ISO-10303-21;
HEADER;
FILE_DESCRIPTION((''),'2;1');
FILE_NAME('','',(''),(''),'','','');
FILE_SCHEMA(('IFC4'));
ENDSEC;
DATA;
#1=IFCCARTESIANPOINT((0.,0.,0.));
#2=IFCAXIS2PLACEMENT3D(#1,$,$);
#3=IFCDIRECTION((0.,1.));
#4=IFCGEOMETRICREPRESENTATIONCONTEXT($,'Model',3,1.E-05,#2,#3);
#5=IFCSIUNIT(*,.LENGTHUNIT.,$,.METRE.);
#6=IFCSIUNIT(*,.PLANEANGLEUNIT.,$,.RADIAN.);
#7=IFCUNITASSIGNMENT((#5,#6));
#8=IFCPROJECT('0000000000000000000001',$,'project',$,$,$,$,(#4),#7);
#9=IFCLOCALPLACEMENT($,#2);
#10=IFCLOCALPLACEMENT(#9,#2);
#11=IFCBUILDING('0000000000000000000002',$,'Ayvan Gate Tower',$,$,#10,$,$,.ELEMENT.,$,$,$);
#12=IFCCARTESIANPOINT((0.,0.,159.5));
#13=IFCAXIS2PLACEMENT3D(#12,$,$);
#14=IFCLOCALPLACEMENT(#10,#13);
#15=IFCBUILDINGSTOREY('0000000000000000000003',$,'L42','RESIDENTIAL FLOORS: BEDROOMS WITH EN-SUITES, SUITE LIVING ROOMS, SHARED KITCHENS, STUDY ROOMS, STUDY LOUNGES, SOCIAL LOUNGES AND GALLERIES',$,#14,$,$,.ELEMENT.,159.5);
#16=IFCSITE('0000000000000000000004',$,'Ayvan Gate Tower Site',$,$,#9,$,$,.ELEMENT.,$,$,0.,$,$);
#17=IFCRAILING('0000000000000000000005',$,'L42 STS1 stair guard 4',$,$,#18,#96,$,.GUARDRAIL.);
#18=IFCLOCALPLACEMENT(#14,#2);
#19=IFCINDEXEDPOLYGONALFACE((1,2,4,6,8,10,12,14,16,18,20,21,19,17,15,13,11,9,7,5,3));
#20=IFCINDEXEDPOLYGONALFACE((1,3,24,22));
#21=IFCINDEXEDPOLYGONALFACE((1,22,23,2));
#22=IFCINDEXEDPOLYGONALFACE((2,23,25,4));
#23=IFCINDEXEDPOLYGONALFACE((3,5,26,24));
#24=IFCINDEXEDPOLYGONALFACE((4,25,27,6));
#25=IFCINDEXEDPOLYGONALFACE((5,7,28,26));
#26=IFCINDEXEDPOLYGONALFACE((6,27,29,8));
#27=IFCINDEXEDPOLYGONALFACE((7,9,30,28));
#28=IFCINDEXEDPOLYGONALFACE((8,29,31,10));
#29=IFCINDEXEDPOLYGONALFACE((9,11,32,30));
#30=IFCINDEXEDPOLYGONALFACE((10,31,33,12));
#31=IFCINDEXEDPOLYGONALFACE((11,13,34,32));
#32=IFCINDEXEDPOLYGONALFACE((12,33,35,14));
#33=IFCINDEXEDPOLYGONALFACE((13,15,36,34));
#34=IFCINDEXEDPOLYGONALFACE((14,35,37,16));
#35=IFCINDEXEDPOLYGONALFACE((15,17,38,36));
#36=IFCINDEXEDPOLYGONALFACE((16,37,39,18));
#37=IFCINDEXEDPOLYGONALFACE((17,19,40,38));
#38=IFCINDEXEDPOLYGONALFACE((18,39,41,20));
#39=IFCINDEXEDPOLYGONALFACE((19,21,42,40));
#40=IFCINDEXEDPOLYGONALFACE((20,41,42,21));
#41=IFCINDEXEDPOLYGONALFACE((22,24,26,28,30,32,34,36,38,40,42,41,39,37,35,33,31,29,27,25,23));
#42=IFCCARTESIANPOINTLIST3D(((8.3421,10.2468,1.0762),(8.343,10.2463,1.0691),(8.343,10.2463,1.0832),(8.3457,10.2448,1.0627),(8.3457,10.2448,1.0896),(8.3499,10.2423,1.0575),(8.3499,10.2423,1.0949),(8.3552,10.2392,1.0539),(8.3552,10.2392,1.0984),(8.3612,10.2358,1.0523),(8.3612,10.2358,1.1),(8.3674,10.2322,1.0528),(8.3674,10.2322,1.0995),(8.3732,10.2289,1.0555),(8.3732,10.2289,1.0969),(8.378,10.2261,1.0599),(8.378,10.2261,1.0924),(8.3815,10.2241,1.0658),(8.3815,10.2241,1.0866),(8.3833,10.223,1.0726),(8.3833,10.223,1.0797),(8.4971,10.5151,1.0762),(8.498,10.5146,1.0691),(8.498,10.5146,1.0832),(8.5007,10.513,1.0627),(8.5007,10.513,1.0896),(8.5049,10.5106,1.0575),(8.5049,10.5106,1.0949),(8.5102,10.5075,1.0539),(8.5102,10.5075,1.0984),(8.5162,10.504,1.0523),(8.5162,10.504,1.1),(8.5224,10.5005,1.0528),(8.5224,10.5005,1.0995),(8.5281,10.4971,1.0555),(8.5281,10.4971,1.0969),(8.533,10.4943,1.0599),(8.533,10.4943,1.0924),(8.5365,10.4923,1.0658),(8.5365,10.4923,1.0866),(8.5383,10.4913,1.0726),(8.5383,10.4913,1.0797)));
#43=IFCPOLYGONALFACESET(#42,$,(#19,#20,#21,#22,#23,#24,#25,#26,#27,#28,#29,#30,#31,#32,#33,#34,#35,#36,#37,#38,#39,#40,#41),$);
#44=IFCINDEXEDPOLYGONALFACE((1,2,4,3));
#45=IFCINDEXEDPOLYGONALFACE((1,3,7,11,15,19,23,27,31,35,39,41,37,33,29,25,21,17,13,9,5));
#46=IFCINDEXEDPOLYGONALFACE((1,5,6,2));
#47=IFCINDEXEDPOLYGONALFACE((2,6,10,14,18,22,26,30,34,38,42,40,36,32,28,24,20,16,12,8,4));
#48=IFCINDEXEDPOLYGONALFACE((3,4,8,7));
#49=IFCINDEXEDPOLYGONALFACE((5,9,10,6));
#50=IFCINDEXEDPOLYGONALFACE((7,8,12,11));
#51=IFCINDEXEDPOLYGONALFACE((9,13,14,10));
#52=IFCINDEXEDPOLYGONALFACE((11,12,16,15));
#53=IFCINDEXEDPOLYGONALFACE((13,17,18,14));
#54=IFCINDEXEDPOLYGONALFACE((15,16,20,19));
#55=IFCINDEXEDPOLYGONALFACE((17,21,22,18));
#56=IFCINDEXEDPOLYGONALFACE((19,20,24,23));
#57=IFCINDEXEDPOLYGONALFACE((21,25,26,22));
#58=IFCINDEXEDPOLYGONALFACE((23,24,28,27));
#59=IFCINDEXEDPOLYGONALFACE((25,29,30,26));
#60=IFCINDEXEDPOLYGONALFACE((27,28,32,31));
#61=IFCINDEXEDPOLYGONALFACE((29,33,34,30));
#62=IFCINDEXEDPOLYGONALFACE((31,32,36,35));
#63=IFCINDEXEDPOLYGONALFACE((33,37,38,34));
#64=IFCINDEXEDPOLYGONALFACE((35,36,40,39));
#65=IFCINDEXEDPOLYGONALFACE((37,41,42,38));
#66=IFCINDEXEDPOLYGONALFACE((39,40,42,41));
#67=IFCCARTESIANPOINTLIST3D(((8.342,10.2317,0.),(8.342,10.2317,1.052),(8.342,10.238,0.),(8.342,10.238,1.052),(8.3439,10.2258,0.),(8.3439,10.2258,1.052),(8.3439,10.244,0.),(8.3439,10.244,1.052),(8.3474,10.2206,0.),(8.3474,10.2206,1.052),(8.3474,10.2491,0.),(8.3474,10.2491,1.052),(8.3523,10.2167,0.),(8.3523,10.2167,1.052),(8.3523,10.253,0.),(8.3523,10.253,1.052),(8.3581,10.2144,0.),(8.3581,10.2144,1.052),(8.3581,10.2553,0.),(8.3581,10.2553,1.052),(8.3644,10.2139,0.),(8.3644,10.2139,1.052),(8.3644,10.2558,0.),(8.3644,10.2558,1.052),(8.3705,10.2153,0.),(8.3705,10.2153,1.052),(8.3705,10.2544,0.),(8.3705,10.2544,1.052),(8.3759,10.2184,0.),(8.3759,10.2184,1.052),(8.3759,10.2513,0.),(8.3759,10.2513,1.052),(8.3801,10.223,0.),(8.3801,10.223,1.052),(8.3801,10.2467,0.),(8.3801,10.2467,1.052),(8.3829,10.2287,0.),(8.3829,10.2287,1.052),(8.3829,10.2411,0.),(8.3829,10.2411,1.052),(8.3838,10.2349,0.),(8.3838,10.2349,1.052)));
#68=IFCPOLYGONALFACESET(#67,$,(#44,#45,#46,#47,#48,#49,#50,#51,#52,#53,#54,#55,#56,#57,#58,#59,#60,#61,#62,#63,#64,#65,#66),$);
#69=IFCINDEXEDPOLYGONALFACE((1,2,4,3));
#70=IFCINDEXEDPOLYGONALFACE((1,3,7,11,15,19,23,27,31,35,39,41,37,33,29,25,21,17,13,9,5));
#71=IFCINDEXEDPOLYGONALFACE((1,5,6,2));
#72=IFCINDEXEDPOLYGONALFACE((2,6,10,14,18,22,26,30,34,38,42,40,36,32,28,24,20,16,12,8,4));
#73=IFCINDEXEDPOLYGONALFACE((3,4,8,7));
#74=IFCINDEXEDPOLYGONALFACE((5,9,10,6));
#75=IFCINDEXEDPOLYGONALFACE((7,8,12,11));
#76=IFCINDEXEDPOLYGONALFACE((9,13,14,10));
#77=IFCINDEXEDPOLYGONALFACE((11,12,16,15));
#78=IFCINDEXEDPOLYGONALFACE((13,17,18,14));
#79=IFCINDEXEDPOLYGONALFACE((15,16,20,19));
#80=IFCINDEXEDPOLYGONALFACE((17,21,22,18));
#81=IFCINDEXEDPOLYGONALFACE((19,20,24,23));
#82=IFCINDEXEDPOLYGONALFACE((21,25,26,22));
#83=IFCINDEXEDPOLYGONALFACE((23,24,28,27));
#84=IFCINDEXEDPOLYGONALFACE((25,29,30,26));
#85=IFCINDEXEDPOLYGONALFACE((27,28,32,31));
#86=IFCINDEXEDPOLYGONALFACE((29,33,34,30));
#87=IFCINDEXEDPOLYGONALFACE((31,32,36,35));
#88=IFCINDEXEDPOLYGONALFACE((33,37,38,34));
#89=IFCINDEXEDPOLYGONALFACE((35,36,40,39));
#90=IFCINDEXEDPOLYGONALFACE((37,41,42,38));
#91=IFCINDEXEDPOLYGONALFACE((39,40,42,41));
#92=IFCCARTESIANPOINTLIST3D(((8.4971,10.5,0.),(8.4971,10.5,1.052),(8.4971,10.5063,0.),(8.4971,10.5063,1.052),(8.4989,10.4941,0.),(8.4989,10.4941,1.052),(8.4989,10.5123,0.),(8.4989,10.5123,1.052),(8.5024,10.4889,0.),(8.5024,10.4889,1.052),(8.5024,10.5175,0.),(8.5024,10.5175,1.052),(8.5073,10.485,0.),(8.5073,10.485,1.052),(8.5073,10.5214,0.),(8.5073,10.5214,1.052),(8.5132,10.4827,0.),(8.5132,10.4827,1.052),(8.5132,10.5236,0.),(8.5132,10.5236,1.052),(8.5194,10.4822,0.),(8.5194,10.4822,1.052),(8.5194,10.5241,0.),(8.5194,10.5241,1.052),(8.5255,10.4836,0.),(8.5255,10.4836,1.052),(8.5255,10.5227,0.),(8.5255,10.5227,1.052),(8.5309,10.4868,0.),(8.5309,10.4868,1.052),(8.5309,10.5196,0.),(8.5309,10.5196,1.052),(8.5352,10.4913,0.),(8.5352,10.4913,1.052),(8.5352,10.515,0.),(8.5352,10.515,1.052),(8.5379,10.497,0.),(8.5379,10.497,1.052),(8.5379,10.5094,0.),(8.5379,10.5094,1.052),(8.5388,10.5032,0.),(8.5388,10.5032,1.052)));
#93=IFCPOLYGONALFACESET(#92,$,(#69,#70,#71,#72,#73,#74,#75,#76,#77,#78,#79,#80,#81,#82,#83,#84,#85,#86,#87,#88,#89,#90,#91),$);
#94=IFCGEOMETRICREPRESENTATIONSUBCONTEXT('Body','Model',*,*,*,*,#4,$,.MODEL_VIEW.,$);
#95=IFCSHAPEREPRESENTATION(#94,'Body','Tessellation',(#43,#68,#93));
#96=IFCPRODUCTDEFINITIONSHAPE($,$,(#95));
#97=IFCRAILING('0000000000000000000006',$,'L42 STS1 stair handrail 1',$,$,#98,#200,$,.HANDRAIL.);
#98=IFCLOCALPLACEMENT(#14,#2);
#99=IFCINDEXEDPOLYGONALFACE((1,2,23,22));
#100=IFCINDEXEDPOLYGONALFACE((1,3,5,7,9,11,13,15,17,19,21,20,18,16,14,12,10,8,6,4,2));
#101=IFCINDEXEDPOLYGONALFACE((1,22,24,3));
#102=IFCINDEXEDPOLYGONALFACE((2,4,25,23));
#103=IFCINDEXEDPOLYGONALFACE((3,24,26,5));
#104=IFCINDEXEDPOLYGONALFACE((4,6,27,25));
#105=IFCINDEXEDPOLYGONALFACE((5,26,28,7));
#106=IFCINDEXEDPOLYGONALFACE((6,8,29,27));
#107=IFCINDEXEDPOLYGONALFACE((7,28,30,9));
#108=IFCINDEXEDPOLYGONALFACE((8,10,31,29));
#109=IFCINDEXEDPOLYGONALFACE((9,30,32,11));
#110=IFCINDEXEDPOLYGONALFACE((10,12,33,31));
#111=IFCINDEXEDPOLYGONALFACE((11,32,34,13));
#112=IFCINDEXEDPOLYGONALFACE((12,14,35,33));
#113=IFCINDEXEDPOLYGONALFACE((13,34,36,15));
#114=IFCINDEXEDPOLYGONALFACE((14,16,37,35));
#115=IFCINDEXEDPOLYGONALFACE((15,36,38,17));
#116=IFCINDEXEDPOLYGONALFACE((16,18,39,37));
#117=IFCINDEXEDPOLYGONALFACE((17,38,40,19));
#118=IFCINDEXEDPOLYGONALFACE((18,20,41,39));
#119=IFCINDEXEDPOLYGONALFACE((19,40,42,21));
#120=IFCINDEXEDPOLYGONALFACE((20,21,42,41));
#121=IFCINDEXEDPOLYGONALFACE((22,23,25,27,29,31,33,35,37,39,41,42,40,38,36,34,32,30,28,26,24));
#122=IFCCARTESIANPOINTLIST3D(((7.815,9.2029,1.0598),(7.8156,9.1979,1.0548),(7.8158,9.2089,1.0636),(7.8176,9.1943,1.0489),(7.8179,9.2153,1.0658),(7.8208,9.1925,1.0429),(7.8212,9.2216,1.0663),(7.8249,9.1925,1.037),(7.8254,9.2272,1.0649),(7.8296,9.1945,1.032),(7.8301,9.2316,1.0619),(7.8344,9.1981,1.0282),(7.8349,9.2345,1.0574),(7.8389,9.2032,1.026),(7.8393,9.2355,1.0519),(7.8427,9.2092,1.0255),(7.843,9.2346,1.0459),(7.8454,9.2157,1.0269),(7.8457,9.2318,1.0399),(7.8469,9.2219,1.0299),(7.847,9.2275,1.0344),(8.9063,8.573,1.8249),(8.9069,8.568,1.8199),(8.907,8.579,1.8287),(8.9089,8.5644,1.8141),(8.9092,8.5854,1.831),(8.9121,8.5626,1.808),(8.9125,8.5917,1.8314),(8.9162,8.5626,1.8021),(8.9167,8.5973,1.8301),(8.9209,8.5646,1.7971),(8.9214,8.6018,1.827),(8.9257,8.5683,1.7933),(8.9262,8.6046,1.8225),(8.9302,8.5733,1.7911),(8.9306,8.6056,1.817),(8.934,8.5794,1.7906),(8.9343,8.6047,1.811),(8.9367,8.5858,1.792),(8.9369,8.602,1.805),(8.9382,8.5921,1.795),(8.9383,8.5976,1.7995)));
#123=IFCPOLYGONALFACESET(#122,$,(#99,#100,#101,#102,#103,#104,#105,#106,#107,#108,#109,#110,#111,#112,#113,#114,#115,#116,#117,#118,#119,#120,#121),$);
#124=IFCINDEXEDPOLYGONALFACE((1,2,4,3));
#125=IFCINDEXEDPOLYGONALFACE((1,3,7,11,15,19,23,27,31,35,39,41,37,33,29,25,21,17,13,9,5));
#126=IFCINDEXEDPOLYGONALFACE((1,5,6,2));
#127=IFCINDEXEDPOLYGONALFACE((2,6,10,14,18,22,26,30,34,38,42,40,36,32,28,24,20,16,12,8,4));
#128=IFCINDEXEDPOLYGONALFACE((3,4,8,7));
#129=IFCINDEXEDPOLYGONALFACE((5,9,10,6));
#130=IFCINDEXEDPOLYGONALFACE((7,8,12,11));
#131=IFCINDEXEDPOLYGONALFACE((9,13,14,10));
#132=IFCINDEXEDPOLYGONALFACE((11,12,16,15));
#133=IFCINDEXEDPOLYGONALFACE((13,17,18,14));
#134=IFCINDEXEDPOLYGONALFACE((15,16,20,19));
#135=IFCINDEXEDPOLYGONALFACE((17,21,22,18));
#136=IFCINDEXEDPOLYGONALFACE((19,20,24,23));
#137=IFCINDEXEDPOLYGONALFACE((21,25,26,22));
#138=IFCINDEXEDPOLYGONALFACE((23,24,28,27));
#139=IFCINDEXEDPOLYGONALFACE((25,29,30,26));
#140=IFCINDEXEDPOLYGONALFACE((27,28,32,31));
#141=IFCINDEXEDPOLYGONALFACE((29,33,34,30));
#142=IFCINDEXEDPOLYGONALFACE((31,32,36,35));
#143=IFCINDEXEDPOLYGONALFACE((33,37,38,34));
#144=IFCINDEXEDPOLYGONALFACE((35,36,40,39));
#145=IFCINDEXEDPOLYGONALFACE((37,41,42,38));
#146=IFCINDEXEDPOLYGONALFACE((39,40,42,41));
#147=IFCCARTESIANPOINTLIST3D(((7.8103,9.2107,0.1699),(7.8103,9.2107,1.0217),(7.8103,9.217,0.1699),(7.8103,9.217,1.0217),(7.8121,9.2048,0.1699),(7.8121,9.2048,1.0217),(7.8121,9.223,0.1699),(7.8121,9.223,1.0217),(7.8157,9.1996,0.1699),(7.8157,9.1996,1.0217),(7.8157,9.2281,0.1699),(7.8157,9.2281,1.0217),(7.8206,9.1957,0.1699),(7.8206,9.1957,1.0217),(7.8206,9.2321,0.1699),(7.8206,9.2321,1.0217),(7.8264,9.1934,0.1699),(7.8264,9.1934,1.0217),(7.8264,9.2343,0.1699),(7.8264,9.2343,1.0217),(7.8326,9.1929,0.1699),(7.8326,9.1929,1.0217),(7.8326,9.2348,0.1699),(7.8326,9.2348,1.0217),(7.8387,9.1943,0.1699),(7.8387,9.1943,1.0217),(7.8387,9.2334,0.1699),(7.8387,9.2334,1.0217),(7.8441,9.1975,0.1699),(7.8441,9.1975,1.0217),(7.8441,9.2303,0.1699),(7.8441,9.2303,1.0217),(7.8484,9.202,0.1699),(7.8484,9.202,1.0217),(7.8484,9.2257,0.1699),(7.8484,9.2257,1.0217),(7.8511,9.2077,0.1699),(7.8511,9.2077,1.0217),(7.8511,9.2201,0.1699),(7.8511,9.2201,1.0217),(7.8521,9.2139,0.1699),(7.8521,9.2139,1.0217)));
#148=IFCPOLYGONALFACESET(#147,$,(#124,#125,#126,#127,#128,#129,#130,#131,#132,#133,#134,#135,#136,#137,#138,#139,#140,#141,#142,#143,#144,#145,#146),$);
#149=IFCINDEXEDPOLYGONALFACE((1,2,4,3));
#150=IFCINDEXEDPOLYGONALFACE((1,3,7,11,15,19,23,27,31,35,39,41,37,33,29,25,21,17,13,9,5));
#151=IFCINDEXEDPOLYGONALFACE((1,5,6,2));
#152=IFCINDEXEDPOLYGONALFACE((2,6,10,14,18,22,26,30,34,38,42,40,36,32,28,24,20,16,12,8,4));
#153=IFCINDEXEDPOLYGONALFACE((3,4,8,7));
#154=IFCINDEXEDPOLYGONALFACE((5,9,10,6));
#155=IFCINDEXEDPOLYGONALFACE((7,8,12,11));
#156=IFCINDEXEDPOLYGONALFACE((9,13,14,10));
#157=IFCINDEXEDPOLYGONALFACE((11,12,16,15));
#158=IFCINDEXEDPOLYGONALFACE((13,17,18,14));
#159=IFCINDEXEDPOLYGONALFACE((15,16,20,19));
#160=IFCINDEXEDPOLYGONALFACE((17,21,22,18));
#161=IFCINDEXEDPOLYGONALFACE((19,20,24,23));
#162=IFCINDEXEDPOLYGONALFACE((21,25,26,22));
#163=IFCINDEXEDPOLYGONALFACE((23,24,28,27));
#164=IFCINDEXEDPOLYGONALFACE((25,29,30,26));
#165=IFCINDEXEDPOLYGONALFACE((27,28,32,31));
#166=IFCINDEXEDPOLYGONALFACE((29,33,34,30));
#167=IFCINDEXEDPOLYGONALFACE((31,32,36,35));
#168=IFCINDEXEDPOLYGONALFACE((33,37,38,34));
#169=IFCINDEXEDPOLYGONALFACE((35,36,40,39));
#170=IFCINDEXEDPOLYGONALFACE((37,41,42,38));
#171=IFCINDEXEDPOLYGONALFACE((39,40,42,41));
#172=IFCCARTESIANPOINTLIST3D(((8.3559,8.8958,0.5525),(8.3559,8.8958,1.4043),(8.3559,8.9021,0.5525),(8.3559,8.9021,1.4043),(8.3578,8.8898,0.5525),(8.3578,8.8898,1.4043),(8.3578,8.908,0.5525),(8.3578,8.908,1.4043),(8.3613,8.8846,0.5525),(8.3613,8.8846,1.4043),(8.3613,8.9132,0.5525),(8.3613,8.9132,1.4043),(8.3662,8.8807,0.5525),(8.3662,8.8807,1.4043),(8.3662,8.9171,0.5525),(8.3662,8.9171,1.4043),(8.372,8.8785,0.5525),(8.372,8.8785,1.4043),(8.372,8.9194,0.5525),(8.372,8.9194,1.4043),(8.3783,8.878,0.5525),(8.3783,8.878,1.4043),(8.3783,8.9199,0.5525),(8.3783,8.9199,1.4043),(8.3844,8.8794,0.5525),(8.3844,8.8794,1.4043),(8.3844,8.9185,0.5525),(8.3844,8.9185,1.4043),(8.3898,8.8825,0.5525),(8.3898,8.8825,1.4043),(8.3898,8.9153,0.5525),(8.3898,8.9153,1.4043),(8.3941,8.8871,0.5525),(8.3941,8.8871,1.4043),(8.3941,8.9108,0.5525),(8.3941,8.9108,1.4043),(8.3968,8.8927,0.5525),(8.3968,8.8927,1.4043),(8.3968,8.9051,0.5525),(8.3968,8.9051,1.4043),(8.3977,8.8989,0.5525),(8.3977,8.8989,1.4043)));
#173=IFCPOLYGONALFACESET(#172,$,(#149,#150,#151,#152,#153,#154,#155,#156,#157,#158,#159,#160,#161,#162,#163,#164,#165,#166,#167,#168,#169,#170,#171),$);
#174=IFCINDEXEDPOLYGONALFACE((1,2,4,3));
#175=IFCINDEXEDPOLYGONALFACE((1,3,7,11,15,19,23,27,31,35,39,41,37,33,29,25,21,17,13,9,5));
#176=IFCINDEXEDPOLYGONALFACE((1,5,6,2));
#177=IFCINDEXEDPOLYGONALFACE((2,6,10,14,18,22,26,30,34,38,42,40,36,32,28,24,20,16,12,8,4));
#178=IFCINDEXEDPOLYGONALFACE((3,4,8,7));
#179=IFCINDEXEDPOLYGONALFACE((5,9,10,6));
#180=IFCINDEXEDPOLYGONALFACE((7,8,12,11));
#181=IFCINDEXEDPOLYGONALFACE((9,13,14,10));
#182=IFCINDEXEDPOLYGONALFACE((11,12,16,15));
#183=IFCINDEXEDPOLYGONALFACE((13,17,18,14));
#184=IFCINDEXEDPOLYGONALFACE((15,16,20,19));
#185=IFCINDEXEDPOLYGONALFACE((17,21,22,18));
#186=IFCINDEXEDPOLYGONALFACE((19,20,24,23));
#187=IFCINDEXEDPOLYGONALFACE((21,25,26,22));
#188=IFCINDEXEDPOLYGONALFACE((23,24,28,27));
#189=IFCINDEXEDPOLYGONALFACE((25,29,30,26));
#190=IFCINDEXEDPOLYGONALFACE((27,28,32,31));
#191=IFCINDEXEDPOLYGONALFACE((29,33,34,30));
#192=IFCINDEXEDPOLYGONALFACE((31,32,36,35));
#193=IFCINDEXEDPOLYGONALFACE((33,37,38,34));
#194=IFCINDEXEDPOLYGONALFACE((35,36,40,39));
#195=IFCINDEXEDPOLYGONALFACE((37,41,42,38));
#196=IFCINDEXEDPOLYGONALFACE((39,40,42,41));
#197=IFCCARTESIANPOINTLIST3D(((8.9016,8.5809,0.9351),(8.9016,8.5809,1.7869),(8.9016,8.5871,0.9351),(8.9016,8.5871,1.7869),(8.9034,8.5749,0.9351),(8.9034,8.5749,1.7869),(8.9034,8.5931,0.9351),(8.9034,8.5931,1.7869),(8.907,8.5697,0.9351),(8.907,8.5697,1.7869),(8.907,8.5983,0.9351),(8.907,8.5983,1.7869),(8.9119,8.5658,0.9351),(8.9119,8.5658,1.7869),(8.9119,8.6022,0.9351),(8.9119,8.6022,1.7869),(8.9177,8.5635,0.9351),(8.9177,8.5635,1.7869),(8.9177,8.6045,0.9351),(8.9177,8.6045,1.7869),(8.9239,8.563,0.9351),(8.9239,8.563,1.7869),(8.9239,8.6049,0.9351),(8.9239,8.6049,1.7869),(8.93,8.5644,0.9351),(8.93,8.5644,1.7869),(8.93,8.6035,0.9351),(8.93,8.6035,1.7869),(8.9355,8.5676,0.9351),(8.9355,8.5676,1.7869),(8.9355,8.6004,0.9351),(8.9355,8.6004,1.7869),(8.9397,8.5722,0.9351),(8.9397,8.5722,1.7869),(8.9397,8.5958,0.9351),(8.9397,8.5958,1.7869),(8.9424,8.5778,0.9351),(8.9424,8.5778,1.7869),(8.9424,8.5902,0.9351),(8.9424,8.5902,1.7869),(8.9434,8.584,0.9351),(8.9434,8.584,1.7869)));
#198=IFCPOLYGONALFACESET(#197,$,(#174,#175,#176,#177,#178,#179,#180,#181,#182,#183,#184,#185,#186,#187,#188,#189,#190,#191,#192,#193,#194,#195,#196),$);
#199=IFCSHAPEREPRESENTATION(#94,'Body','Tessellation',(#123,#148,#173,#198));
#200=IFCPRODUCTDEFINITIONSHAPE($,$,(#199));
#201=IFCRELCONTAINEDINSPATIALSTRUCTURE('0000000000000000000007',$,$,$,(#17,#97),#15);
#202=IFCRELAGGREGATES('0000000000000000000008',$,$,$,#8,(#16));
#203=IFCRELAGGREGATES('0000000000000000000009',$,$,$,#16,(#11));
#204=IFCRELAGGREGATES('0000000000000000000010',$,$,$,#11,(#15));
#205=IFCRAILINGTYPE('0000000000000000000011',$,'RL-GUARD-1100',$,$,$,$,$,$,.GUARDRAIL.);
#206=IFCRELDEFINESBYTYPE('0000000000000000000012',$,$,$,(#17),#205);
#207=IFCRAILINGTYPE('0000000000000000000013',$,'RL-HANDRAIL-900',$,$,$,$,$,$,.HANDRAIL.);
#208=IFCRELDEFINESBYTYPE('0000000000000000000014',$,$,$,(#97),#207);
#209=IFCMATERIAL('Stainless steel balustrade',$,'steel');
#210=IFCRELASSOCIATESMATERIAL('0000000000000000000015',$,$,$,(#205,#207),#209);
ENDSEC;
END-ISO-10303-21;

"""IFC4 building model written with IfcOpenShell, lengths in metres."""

from ifc_helpers import new_model, si_unit, direction, frame, origin, origin_2d, place, context, subcontext, project, spatial, circle, extrude, material, type_object, element, save


model = new_model("IFC4")

# Units and contexts
model_context = context("Model", 3, precision=1e-05, world=origin(), true_north=direction((0.0, 1.0)))
body_context = subcontext(model_context, "Body", "Model", "MODEL_VIEW")
ifc_project = project(units=[si_unit("LENGTHUNIT", "METRE"), si_unit("PLANEANGLEUNIT", "RADIAN")], contexts=[model_context])

# Site, building, storey
site_placement = place(None, origin())
site = spatial("IfcSite", under=ifc_project, at=site_placement, Name="Ayvan Gate Tower Site", CompositionType="ELEMENT", RefElevation=0.0)
building_placement = place(site_placement, origin())
building = spatial("IfcBuilding", under=site, at=building_placement, Name="Ayvan Gate Tower", CompositionType="ELEMENT")
storey_placement = place(building_placement, frame((0.0, 0.0, 159.5)))
storey = spatial("IfcBuildingStorey", under=building, at=storey_placement, Name="L42", Description="RESIDENTIAL FLOORS: BEDROOMS WITH EN-SUITES, SUITE LIVING ROOMS, SHARED KITCHENS, STUDY ROOMS, STUDY LOUNGES, SOCIAL LOUNGES AND GALLERIES", CompositionType="ELEMENT", Elevation=159.5)

# Railings
ifc_material_1 = material(Name="Stainless steel balustrade", Category="steel")
railing_type_1 = type_object("IfcRailingType", Name="RL-GUARD-1100", PredefinedType="GUARDRAIL", material=ifc_material_1)
railing_1_placement = place(storey_placement, frame((8.3628, 10.2349, 0.0)))
element("IfcRailing", 1, at=railing_1_placement, inside=storey, type_object=railing_type_1, Name="L42 STS1 stair guard 4", PredefinedType="GUARDRAIL", context=body_context, shape_type="SweptSolid", body=[
    extrude(circle(Radius=0.0239, at=origin_2d()), frame((0.0, 0.0, 1.0762), z_axis=(0.500291, 0.865857, 0.0), x_axis=(-0.865857, 0.500291, 0.0)), (0.0, 0.0, 1.0), 0.3098),
    extrude(circle(Radius=0.021, at=origin_2d()), origin(), (0.0, 0.0, 1.0), 1.052),
    extrude(circle(Radius=0.021, at=origin_2d()), frame((0.155, 0.2683, 0.0)), (0.0, 0.0, 1.0), 1.052),
])
railing_type_2 = type_object("IfcRailingType", Name="RL-HANDRAIL-900", PredefinedType="HANDRAIL", material=ifc_material_1)
railing_2_placement = place(storey_placement, frame((7.8311, 9.2139, 0.1699)))
element("IfcRailing", 2, at=railing_2_placement, inside=storey, type_object=railing_type_2, Name="L42 STS1 stair handrail 1", PredefinedType="HANDRAIL", context=body_context, shape_type="SweptSolid", body=[
    extrude(circle(Radius=0.0239, at=origin_2d()), frame((0.0, 0.0, 0.876), z_axis=(0.740293, -0.427283, 0.519033), x_axis=(0.49989, 0.866089, 0.0)), (0.0, 0.0, 1.0), 1.4741),
    extrude(circle(Radius=0.021, at=origin_2d()), origin(), (0.0, 0.0, 1.0), 0.8518),
    extrude(circle(Radius=0.021, at=origin_2d()), frame((0.5457, -0.3149, 0.3826)), (0.0, 0.0, 1.0), 0.8518),
    extrude(circle(Radius=0.021, at=origin_2d()), frame((1.0913, -0.6299, 0.7651)), (0.0, 0.0, 1.0), 0.8518),
])

save(model, "model.ifc")
